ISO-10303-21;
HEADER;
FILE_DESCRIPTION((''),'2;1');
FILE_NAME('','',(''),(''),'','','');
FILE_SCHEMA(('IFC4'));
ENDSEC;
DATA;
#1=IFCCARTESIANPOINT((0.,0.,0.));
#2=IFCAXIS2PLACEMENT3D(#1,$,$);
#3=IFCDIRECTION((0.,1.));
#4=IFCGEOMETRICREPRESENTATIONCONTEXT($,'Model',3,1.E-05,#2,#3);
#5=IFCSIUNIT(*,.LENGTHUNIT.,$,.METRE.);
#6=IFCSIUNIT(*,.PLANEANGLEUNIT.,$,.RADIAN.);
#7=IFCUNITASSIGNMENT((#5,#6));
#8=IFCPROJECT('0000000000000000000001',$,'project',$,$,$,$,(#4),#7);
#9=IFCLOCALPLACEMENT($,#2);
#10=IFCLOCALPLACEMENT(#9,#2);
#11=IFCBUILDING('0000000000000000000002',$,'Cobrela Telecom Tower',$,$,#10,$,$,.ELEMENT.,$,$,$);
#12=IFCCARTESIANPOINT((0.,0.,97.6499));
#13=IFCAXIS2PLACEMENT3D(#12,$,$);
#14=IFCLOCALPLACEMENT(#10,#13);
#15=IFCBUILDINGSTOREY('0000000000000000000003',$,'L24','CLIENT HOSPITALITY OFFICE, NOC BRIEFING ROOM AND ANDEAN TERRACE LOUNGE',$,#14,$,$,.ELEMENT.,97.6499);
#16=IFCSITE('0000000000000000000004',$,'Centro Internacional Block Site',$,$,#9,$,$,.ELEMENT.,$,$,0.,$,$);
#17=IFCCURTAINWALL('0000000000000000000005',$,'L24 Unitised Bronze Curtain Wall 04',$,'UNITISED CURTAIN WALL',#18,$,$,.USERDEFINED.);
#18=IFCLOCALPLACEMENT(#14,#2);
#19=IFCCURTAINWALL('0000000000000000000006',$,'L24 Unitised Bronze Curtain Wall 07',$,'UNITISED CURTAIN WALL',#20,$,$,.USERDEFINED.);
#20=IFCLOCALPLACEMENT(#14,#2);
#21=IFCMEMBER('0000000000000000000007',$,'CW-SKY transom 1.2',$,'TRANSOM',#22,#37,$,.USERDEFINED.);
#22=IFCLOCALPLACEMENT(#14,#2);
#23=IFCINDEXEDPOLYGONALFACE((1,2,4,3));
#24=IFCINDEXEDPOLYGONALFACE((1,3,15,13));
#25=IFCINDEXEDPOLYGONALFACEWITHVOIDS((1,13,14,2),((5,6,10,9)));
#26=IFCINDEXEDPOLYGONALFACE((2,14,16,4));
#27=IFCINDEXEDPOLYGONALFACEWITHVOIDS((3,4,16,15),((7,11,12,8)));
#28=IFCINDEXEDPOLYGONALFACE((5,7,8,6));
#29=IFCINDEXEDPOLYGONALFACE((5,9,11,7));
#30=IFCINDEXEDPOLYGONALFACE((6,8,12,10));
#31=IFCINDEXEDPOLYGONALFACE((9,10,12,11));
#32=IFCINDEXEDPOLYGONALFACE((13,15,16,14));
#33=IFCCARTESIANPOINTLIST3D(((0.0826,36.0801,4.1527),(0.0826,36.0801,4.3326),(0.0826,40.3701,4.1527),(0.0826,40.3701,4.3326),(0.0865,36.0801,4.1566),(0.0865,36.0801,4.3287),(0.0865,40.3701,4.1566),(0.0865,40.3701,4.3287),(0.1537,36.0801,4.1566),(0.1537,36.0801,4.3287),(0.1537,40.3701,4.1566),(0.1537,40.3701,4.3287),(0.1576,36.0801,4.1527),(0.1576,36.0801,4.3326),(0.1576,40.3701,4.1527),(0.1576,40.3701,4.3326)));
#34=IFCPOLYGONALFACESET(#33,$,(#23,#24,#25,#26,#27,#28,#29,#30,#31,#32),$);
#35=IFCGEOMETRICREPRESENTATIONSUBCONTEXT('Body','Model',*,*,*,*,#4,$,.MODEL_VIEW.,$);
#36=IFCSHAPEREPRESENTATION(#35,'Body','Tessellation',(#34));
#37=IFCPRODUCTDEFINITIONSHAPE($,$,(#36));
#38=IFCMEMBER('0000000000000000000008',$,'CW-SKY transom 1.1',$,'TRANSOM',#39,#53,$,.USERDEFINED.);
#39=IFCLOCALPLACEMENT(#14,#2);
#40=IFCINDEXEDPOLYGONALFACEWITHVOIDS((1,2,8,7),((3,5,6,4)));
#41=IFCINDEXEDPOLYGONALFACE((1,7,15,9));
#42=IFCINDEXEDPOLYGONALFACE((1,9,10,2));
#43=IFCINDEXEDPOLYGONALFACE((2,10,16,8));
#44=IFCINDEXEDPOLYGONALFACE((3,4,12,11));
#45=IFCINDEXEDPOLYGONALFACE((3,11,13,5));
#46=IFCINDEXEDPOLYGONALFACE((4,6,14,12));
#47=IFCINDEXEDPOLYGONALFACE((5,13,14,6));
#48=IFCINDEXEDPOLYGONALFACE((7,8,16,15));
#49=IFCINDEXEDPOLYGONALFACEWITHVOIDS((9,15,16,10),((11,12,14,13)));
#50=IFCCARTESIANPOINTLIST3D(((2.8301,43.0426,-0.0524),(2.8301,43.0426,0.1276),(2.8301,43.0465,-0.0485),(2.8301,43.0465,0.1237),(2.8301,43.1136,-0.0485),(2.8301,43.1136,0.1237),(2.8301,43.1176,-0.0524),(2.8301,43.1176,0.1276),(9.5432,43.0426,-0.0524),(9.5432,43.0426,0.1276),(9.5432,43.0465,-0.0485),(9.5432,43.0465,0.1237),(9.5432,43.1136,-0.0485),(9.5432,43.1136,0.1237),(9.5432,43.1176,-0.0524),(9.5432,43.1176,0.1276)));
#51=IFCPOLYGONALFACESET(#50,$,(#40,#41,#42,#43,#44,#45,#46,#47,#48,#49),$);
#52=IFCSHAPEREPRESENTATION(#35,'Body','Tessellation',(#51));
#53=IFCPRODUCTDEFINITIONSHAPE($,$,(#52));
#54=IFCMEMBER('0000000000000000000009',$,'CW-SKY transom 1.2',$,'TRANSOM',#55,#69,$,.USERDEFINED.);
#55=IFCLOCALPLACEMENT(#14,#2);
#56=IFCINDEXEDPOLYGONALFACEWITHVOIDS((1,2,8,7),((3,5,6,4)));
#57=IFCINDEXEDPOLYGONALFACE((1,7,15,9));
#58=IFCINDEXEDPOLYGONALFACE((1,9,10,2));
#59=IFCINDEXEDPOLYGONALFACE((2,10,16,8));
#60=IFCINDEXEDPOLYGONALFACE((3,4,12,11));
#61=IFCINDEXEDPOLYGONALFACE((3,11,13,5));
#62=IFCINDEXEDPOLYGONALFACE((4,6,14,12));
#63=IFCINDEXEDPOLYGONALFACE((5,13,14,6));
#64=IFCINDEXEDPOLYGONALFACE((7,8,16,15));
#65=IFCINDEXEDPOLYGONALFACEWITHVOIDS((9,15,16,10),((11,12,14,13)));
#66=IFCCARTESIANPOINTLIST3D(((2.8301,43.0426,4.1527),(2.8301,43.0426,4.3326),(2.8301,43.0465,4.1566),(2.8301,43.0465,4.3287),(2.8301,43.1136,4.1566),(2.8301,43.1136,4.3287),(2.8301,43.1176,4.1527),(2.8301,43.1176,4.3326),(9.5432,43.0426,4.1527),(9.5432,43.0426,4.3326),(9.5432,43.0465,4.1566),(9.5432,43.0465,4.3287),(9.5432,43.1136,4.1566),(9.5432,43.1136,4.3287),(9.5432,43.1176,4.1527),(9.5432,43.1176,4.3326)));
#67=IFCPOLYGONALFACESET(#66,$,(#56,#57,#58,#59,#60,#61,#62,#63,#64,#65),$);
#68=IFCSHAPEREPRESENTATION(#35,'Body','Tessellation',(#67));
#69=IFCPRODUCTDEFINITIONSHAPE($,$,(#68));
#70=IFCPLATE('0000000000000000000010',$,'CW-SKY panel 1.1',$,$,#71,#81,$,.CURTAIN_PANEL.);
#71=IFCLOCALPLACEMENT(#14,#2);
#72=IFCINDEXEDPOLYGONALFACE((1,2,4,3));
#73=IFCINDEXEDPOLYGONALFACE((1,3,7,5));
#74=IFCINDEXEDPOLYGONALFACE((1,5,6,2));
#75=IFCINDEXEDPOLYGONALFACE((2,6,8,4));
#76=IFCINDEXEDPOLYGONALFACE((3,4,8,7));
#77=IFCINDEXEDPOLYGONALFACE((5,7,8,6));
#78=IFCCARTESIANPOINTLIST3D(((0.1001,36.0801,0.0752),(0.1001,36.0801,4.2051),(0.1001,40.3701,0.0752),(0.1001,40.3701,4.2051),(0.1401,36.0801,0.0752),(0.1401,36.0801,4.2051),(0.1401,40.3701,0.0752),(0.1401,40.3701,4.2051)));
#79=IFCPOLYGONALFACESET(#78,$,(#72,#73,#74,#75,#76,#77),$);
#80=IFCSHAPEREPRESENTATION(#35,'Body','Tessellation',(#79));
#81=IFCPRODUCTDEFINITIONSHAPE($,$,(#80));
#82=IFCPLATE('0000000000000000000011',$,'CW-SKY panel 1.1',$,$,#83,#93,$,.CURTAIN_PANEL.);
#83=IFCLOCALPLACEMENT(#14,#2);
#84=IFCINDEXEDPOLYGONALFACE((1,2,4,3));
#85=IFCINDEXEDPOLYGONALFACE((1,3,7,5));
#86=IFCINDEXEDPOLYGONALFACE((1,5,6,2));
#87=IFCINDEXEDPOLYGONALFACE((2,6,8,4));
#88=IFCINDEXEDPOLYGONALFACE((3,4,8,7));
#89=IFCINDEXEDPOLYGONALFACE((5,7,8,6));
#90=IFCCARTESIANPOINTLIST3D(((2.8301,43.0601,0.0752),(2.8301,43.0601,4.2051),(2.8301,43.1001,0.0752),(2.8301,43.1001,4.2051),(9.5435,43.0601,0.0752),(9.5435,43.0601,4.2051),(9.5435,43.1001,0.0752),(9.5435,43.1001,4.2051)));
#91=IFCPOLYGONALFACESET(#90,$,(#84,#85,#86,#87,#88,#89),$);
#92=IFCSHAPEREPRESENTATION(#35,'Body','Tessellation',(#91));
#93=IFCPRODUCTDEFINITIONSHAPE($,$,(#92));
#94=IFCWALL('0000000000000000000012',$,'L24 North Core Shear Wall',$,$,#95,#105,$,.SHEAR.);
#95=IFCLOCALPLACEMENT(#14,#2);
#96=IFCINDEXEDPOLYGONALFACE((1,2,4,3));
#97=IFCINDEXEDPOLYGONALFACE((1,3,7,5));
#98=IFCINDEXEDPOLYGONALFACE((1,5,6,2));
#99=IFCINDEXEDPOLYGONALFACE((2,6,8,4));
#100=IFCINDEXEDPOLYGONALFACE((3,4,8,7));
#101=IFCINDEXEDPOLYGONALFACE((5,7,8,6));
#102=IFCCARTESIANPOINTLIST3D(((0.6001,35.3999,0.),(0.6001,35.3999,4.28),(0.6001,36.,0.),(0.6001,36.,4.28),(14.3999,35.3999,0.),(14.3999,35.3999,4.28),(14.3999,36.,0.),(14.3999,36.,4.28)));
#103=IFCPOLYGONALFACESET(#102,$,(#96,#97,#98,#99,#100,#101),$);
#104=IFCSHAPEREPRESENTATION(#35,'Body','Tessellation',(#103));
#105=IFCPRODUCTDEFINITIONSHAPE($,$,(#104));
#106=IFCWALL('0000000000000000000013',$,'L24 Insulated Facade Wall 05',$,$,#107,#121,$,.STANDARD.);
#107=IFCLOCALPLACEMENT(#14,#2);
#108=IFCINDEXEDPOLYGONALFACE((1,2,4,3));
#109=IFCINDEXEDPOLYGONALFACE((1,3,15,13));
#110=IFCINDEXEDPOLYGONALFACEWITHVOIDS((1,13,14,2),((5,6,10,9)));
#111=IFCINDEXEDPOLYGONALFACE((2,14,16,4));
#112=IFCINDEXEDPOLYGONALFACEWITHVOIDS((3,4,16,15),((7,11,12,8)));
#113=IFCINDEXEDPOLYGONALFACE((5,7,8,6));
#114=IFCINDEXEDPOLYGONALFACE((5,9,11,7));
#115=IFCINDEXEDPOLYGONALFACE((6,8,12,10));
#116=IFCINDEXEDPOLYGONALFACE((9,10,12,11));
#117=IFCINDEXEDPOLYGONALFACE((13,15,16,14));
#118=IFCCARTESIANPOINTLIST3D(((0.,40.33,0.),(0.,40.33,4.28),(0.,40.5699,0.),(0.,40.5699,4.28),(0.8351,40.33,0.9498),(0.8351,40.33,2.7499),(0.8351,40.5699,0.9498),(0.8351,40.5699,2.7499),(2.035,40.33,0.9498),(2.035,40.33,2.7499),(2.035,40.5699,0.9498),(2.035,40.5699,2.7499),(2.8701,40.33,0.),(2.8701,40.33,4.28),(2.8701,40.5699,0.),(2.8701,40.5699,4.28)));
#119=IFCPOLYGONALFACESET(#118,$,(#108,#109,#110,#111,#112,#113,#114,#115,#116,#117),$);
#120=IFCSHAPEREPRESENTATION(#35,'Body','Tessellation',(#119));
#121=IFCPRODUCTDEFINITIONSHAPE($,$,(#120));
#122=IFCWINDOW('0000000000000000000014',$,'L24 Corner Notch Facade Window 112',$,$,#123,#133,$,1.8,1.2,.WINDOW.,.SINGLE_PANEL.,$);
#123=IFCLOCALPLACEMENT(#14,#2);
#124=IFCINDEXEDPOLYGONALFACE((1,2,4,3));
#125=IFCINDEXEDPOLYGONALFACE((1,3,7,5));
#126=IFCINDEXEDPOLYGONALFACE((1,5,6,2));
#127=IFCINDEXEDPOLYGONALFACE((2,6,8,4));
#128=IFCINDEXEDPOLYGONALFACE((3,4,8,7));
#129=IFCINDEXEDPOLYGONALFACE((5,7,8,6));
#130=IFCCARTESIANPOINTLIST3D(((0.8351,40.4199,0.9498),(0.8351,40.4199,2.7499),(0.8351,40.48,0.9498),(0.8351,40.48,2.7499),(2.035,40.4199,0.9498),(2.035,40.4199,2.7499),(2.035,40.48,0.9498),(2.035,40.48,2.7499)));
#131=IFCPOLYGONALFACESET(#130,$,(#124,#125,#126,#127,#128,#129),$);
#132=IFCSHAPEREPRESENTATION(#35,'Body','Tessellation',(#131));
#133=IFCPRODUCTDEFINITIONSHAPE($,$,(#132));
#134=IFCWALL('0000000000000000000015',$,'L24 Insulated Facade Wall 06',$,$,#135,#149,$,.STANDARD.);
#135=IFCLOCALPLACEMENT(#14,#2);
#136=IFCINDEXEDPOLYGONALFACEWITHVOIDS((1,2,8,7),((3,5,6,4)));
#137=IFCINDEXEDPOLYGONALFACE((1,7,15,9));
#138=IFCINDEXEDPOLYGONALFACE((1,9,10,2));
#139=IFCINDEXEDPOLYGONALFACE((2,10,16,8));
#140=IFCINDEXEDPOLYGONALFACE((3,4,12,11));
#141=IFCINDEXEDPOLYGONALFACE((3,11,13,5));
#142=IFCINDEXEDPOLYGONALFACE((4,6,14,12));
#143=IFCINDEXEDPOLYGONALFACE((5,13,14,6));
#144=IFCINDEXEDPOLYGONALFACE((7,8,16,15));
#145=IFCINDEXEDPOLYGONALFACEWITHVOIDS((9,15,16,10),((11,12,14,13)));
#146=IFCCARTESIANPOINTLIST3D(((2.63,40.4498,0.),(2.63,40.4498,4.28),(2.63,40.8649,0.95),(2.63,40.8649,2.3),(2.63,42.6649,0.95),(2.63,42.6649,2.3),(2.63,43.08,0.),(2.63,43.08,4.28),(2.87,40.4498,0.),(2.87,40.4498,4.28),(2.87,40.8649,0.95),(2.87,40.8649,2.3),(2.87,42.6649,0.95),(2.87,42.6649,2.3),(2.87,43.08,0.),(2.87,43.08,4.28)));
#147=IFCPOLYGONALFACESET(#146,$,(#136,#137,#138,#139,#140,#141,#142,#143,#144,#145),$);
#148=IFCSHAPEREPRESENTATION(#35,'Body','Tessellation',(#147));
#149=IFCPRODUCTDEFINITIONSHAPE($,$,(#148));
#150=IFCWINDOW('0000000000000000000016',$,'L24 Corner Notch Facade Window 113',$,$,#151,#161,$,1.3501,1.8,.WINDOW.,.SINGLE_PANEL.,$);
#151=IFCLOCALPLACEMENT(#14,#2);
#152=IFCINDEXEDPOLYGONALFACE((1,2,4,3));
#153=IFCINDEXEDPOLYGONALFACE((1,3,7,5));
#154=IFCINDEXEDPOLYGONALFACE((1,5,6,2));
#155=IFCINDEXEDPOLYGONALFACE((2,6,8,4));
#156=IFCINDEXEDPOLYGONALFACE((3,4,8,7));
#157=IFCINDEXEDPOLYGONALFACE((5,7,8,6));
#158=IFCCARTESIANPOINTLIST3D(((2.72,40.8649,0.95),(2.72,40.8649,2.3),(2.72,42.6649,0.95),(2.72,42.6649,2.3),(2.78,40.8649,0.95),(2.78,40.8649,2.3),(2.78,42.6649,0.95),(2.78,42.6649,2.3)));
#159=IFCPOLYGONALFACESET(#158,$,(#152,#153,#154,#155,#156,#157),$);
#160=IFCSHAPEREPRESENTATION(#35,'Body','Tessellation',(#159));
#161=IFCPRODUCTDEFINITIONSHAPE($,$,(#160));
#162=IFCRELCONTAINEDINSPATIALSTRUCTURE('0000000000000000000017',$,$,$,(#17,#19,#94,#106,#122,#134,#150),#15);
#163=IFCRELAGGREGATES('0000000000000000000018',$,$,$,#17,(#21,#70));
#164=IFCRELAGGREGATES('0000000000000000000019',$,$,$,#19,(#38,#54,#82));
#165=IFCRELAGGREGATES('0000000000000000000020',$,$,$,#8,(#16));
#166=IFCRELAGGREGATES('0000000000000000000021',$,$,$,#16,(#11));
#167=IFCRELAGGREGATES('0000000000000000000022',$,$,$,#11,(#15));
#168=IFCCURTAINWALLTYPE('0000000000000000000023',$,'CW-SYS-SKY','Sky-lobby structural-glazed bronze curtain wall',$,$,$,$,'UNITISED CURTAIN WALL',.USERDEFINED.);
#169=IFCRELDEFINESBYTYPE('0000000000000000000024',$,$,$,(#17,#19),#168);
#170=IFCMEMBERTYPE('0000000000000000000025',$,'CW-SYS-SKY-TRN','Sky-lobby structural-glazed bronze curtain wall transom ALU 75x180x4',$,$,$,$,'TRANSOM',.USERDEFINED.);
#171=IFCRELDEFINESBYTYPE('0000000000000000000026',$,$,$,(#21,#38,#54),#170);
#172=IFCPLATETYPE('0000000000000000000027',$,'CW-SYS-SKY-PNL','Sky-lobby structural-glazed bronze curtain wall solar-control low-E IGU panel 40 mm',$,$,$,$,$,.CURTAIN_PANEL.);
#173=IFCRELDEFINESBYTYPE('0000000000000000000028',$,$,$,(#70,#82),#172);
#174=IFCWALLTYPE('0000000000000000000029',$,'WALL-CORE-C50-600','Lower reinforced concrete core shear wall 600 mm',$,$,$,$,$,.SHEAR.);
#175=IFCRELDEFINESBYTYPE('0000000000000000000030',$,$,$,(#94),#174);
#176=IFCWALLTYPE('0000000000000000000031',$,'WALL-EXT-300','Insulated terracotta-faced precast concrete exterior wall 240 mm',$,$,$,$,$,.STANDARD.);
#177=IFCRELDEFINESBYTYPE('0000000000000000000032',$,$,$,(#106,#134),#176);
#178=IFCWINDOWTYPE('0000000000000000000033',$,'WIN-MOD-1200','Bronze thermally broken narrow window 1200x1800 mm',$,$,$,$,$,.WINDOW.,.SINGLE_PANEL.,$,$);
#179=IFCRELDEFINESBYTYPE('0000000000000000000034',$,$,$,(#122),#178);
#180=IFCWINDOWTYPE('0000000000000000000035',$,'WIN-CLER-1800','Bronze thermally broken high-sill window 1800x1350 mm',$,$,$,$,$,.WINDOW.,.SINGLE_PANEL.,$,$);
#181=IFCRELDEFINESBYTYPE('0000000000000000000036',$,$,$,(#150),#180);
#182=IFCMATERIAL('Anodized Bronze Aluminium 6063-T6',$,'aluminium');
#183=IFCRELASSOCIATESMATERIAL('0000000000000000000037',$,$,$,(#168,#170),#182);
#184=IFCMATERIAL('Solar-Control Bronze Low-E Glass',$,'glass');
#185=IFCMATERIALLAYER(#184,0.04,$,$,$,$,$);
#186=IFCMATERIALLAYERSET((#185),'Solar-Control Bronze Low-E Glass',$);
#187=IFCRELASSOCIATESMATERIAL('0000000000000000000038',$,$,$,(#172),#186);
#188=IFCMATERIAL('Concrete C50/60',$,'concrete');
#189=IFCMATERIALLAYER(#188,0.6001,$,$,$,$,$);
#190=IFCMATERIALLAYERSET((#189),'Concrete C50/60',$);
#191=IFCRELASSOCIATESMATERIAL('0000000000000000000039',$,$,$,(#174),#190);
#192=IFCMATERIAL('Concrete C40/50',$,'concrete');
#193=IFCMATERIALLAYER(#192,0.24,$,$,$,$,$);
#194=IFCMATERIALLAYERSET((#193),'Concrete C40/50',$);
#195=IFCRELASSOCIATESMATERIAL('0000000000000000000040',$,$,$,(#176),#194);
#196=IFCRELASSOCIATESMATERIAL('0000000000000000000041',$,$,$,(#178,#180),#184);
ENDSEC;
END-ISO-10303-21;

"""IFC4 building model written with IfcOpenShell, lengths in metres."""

from ifc_helpers import new_model, si_unit, direction, frame, frame_2d, origin, origin_2d, place, context, subcontext, project, spatial, rectangle, hollow_rectangle, extrude, material, layer, layer_set, material_profile, profile_set, type_object, element, fill, aggregate, save


model = new_model("IFC4")

# Units and contexts
model_context = context("Model", 3, precision=1e-05, world=origin(), true_north=direction((0.0, 1.0)))
body_context = subcontext(model_context, "Body", "Model", "MODEL_VIEW")
ifc_project = project(units=[si_unit("LENGTHUNIT", "METRE"), si_unit("PLANEANGLEUNIT", "RADIAN")], contexts=[model_context])

# Site, building, storey
site_placement = place(None, origin())
site = spatial("IfcSite", under=ifc_project, at=site_placement, Name="Centro Internacional Block Site", CompositionType="ELEMENT", RefElevation=0.0)
building_placement = place(site_placement, origin())
building = spatial("IfcBuilding", under=site, at=building_placement, Name="Cobrela Telecom Tower", CompositionType="ELEMENT")
storey_placement = place(building_placement, frame((0.0, 0.0, 97.6499)))
storey = spatial("IfcBuildingStorey", under=building, at=storey_placement, Name="L24", Description="CLIENT HOSPITALITY OFFICE, NOC BRIEFING ROOM AND ANDEAN TERRACE LOUNGE", CompositionType="ELEMENT", Elevation=97.6499)

# Curtain wall
ifc_material_1 = material(Name="Anodized Bronze Aluminium 6063-T6", Category="aluminium")
curtain_wall_type = type_object("IfcCurtainWallType", Name="CW-SYS-SKY", Description="Sky-lobby structural-glazed bronze curtain wall", ElementType="UNITISED CURTAIN WALL", PredefinedType="USERDEFINED", material=ifc_material_1)
curtain_wall_1_placement = place(storey_placement, origin())
curtain_wall_1 = element("IfcCurtainWall", 1, at=curtain_wall_1_placement, inside=storey, type_object=curtain_wall_type, Name="L24 Unitised Bronze Curtain Wall 04", ObjectType="UNITISED CURTAIN WALL", PredefinedType="USERDEFINED")

# Curtain wall
curtain_wall_2_placement = place(storey_placement, origin())
curtain_wall_2 = element("IfcCurtainWall", 2, at=curtain_wall_2_placement, inside=storey, type_object=curtain_wall_type, Name="L24 Unitised Bronze Curtain Wall 07", ObjectType="UNITISED CURTAIN WALL", PredefinedType="USERDEFINED")

# Members
ifc_material_profile_1 = material_profile(ifc_material_1, hollow_rectangle(XDim=0.075, YDim=0.1799, WallThickness=0.0039, at=origin_2d()), Name="ALU 75x180x4")
ifc_profile_set_1 = profile_set([ifc_material_profile_1], Name="Anodized Bronze Aluminium 6063-T6")
member_type_1 = type_object("IfcMemberType", Name="CW-SYS-SKY-TRN", Description="Sky-lobby structural-glazed bronze curtain wall transom ALU 75x180x4", ElementType="TRANSOM", PredefinedType="USERDEFINED", material=ifc_profile_set_1)
member_1_placement = place(storey_placement, frame((0.1201, 36.0801, 4.2427), z_axis=(0.0, 1.0, 0.0), x_axis=(-1.0, 0.0, 0.0)))
member_1 = element("IfcMember", 3, at=member_1_placement, type_object=member_type_1, Name="CW-SKY transom 1.2", ObjectType="TRANSOM", PredefinedType="USERDEFINED", context=body_context, shape_type="SweptSolid", body=[
    extrude(hollow_rectangle(XDim=0.075, YDim=0.1799, WallThickness=0.0039, at=origin_2d()), origin(), (0.0, 0.0, 1.0), 4.29),
])
member_2_placement = place(storey_placement, frame((2.8301, 43.0801, 0.0376), z_axis=(1.0, 0.0, 0.0), x_axis=(0.0, 1.0, 0.0)))
member_2 = element("IfcMember", 4, at=member_2_placement, type_object=member_type_1, Name="CW-SKY transom 1.1", ObjectType="TRANSOM", PredefinedType="USERDEFINED", context=body_context, shape_type="SweptSolid", body=[
    extrude(hollow_rectangle(XDim=0.075, YDim=0.1799, WallThickness=0.0039, at=origin_2d()), origin(), (0.0, 0.0, 1.0), 6.7131),
])
member_3_placement = place(storey_placement, frame((2.8301, 43.0801, 4.2427), z_axis=(1.0, 0.0, 0.0), x_axis=(0.0, 1.0, 0.0)))
member_3 = element("IfcMember", 5, at=member_3_placement, type_object=member_type_1, Name="CW-SKY transom 1.2", ObjectType="TRANSOM", PredefinedType="USERDEFINED", context=body_context, shape_type="SweptSolid", body=[
    extrude(hollow_rectangle(XDim=0.075, YDim=0.1799, WallThickness=0.0039, at=origin_2d()), origin(), (0.0, 0.0, 1.0), 6.7131),
])

# Plates
ifc_material_2 = material(Name="Solar-Control Bronze Low-E Glass", Category="glass")
ifc_layer_1 = layer(ifc_material_2, 0.04)
ifc_layer_set_1 = layer_set([ifc_layer_1], Name="Solar-Control Bronze Low-E Glass")
plate_type = type_object("IfcPlateType", Name="CW-SYS-SKY-PNL", Description="Sky-lobby structural-glazed bronze curtain wall solar-control low-E IGU panel 40 mm", PredefinedType="CURTAIN_PANEL", material=ifc_layer_set_1)
plate_1_placement = place(storey_placement, frame((0.1201, 38.2251, 0.0752), z_axis=(0.0, 0.0, 1.0), x_axis=(0.0, 1.0, 0.0)))
plate_1 = element("IfcPlate", 6, at=plate_1_placement, type_object=plate_type, Name="CW-SKY panel 1.1", PredefinedType="CURTAIN_PANEL", context=body_context, shape_type="SweptSolid", body=[
    extrude(rectangle(XDim=4.29, YDim=0.04, at=origin_2d()), origin(), (0.0, 0.0, 1.0), 4.1299),
])
aggregate(curtain_wall_1, [member_1, plate_1])
plate_2_placement = place(storey_placement, frame((6.1868, 43.0801, 0.0752), z_axis=(0.0, 0.0, 1.0), x_axis=(1.0, 0.0, 0.0)))
plate_2 = element("IfcPlate", 7, at=plate_2_placement, type_object=plate_type, Name="CW-SKY panel 1.1", PredefinedType="CURTAIN_PANEL", context=body_context, shape_type="SweptSolid", body=[
    extrude(rectangle(XDim=6.7134, YDim=0.04, at=origin_2d()), origin(), (0.0, 0.0, 1.0), 4.1299),
])
aggregate(curtain_wall_2, [member_2, member_3, plate_2])

# Wall
ifc_material_3 = material(Name="Concrete C50/60", Category="concrete")
ifc_layer_2 = layer(ifc_material_3, 0.6001)
ifc_layer_set_2 = layer_set([ifc_layer_2], Name="Concrete C50/60")
wall_type_1 = type_object("IfcWallType", Name="WALL-CORE-C50-600", Description="Lower reinforced concrete core shear wall 600 mm", PredefinedType="SHEAR", material=ifc_layer_set_2)
wall_1_placement = place(storey_placement, frame((0.6001, 35.7, 0.0), z_axis=(0.0, 0.0, 1.0), x_axis=(1.0, 0.0, 0.0)))
element("IfcWall", 8, at=wall_1_placement, inside=storey, type_object=wall_type_1, Name="L24 North Core Shear Wall", PredefinedType="SHEAR", context=body_context, shape_type="SweptSolid", body=[
    extrude(rectangle(XDim=13.7998, YDim=0.6001, at=frame_2d((6.8999, 0.0))), origin(), (0.0, 0.0, 1.0), 4.28),
])

# Walls, openings, windows
ifc_material_4 = material(Name="Concrete C40/50", Category="concrete")
ifc_layer_3 = layer(ifc_material_4, 0.24)
ifc_layer_set_3 = layer_set([ifc_layer_3], Name="Concrete C40/50")
wall_type_2 = type_object("IfcWallType", Name="WALL-EXT-300", Description="Insulated terracotta-faced precast concrete exterior wall 240 mm", PredefinedType="STANDARD", material=ifc_layer_set_3)
wall_2_placement = place(storey_placement, frame((0.0, 40.45, 0.0), z_axis=(0.0, 0.0, 1.0), x_axis=(1.0, 0.0, 0.0)))
wall_2 = element("IfcWall", 9, at=wall_2_placement, inside=storey, type_object=wall_type_2, Name="L24 Insulated Facade Wall 05", PredefinedType="STANDARD", context=body_context, shape_type="SweptSolid", body=[
    extrude(rectangle(XDim=2.8701, YDim=0.24, at=frame_2d((1.4351, 0.0))), origin(), (0.0, 0.0, 1.0), 4.28),
])
opening_1_placement = place(wall_2_placement, frame((0.835, 0.0, 0.95)))
opening_1 = element("IfcOpeningElement", 10, at=opening_1_placement, cuts=wall_2, PredefinedType="OPENING", context=body_context, shape_type="SweptSolid", body=[
    extrude(rectangle(XDim=1.2, YDim=1.8, at=frame_2d((0.6001, 0.8999))), frame((0.0, 0.1318, 0.0), z_axis=(0.0, -1.0, 0.0), x_axis=(1.0, 0.0, 0.0)), (0.0, 0.0, 1.0), 0.2639),
])
window_type_1 = type_object("IfcWindowType", Name="WIN-MOD-1200", Description="Bronze thermally broken narrow window 1200x1800 mm", PartitioningType="SINGLE_PANEL", PredefinedType="WINDOW", material=ifc_material_2)
window_1_placement = place(opening_1_placement, origin())
window_1 = element("IfcWindow", 11, at=window_1_placement, inside=storey, type_object=window_type_1, Name="L24 Corner Notch Facade Window 112", OverallHeight=1.8, OverallWidth=1.2, PartitioningType="SINGLE_PANEL", PredefinedType="WINDOW", context=body_context, shape_type="SweptSolid", body=[
    extrude(rectangle(XDim=1.2, YDim=1.8, at=frame_2d((0.6001, 0.8999))), frame((0.0, 0.03, 0.0), z_axis=(0.0, -1.0, 0.0), x_axis=(1.0, 0.0, 0.0)), (0.0, 0.0, 1.0), 0.0601),
])
fill(opening_1, window_1)
wall_3_placement = place(storey_placement, frame((2.75, 40.45, 0.0), z_axis=(0.0, 0.0, 1.0), x_axis=(0.0, 1.0, 0.0)))
wall_3 = element("IfcWall", 12, at=wall_3_placement, inside=storey, type_object=wall_type_2, Name="L24 Insulated Facade Wall 06", PredefinedType="STANDARD", context=body_context, shape_type="SweptSolid", body=[
    extrude(rectangle(XDim=2.6301, YDim=0.24, at=frame_2d((1.3149, 0.0))), origin(), (0.0, 0.0, 1.0), 4.28),
])
opening_2_placement = place(wall_3_placement, frame((0.415, 0.0, 0.95)))
opening_2 = element("IfcOpeningElement", 13, at=opening_2_placement, cuts=wall_3, PredefinedType="OPENING", context=body_context, shape_type="SweptSolid", body=[
    extrude(rectangle(XDim=1.8, YDim=1.3501, at=frame_2d((0.8999, 0.675))), frame((0.0, 0.1318, 0.0), z_axis=(0.0, -1.0, 0.0), x_axis=(1.0, 0.0, 0.0)), (0.0, 0.0, 1.0), 0.2639),
])
window_type_2 = type_object("IfcWindowType", Name="WIN-CLER-1800", Description="Bronze thermally broken high-sill window 1800x1350 mm", PartitioningType="SINGLE_PANEL", PredefinedType="WINDOW", material=ifc_material_2)
window_2_placement = place(opening_2_placement, origin())
window_2 = element("IfcWindow", 14, at=window_2_placement, inside=storey, type_object=window_type_2, Name="L24 Corner Notch Facade Window 113", OverallHeight=1.3501, OverallWidth=1.8, PartitioningType="SINGLE_PANEL", PredefinedType="WINDOW", context=body_context, shape_type="SweptSolid", body=[
    extrude(rectangle(XDim=1.8, YDim=1.3501, at=frame_2d((0.8999, 0.675))), frame((0.0, 0.03, 0.0), z_axis=(0.0, -1.0, 0.0), x_axis=(1.0, 0.0, 0.0)), (0.0, 0.0, 1.0), 0.0601),
])
fill(opening_2, window_2)

save(model, "model.ifc")
